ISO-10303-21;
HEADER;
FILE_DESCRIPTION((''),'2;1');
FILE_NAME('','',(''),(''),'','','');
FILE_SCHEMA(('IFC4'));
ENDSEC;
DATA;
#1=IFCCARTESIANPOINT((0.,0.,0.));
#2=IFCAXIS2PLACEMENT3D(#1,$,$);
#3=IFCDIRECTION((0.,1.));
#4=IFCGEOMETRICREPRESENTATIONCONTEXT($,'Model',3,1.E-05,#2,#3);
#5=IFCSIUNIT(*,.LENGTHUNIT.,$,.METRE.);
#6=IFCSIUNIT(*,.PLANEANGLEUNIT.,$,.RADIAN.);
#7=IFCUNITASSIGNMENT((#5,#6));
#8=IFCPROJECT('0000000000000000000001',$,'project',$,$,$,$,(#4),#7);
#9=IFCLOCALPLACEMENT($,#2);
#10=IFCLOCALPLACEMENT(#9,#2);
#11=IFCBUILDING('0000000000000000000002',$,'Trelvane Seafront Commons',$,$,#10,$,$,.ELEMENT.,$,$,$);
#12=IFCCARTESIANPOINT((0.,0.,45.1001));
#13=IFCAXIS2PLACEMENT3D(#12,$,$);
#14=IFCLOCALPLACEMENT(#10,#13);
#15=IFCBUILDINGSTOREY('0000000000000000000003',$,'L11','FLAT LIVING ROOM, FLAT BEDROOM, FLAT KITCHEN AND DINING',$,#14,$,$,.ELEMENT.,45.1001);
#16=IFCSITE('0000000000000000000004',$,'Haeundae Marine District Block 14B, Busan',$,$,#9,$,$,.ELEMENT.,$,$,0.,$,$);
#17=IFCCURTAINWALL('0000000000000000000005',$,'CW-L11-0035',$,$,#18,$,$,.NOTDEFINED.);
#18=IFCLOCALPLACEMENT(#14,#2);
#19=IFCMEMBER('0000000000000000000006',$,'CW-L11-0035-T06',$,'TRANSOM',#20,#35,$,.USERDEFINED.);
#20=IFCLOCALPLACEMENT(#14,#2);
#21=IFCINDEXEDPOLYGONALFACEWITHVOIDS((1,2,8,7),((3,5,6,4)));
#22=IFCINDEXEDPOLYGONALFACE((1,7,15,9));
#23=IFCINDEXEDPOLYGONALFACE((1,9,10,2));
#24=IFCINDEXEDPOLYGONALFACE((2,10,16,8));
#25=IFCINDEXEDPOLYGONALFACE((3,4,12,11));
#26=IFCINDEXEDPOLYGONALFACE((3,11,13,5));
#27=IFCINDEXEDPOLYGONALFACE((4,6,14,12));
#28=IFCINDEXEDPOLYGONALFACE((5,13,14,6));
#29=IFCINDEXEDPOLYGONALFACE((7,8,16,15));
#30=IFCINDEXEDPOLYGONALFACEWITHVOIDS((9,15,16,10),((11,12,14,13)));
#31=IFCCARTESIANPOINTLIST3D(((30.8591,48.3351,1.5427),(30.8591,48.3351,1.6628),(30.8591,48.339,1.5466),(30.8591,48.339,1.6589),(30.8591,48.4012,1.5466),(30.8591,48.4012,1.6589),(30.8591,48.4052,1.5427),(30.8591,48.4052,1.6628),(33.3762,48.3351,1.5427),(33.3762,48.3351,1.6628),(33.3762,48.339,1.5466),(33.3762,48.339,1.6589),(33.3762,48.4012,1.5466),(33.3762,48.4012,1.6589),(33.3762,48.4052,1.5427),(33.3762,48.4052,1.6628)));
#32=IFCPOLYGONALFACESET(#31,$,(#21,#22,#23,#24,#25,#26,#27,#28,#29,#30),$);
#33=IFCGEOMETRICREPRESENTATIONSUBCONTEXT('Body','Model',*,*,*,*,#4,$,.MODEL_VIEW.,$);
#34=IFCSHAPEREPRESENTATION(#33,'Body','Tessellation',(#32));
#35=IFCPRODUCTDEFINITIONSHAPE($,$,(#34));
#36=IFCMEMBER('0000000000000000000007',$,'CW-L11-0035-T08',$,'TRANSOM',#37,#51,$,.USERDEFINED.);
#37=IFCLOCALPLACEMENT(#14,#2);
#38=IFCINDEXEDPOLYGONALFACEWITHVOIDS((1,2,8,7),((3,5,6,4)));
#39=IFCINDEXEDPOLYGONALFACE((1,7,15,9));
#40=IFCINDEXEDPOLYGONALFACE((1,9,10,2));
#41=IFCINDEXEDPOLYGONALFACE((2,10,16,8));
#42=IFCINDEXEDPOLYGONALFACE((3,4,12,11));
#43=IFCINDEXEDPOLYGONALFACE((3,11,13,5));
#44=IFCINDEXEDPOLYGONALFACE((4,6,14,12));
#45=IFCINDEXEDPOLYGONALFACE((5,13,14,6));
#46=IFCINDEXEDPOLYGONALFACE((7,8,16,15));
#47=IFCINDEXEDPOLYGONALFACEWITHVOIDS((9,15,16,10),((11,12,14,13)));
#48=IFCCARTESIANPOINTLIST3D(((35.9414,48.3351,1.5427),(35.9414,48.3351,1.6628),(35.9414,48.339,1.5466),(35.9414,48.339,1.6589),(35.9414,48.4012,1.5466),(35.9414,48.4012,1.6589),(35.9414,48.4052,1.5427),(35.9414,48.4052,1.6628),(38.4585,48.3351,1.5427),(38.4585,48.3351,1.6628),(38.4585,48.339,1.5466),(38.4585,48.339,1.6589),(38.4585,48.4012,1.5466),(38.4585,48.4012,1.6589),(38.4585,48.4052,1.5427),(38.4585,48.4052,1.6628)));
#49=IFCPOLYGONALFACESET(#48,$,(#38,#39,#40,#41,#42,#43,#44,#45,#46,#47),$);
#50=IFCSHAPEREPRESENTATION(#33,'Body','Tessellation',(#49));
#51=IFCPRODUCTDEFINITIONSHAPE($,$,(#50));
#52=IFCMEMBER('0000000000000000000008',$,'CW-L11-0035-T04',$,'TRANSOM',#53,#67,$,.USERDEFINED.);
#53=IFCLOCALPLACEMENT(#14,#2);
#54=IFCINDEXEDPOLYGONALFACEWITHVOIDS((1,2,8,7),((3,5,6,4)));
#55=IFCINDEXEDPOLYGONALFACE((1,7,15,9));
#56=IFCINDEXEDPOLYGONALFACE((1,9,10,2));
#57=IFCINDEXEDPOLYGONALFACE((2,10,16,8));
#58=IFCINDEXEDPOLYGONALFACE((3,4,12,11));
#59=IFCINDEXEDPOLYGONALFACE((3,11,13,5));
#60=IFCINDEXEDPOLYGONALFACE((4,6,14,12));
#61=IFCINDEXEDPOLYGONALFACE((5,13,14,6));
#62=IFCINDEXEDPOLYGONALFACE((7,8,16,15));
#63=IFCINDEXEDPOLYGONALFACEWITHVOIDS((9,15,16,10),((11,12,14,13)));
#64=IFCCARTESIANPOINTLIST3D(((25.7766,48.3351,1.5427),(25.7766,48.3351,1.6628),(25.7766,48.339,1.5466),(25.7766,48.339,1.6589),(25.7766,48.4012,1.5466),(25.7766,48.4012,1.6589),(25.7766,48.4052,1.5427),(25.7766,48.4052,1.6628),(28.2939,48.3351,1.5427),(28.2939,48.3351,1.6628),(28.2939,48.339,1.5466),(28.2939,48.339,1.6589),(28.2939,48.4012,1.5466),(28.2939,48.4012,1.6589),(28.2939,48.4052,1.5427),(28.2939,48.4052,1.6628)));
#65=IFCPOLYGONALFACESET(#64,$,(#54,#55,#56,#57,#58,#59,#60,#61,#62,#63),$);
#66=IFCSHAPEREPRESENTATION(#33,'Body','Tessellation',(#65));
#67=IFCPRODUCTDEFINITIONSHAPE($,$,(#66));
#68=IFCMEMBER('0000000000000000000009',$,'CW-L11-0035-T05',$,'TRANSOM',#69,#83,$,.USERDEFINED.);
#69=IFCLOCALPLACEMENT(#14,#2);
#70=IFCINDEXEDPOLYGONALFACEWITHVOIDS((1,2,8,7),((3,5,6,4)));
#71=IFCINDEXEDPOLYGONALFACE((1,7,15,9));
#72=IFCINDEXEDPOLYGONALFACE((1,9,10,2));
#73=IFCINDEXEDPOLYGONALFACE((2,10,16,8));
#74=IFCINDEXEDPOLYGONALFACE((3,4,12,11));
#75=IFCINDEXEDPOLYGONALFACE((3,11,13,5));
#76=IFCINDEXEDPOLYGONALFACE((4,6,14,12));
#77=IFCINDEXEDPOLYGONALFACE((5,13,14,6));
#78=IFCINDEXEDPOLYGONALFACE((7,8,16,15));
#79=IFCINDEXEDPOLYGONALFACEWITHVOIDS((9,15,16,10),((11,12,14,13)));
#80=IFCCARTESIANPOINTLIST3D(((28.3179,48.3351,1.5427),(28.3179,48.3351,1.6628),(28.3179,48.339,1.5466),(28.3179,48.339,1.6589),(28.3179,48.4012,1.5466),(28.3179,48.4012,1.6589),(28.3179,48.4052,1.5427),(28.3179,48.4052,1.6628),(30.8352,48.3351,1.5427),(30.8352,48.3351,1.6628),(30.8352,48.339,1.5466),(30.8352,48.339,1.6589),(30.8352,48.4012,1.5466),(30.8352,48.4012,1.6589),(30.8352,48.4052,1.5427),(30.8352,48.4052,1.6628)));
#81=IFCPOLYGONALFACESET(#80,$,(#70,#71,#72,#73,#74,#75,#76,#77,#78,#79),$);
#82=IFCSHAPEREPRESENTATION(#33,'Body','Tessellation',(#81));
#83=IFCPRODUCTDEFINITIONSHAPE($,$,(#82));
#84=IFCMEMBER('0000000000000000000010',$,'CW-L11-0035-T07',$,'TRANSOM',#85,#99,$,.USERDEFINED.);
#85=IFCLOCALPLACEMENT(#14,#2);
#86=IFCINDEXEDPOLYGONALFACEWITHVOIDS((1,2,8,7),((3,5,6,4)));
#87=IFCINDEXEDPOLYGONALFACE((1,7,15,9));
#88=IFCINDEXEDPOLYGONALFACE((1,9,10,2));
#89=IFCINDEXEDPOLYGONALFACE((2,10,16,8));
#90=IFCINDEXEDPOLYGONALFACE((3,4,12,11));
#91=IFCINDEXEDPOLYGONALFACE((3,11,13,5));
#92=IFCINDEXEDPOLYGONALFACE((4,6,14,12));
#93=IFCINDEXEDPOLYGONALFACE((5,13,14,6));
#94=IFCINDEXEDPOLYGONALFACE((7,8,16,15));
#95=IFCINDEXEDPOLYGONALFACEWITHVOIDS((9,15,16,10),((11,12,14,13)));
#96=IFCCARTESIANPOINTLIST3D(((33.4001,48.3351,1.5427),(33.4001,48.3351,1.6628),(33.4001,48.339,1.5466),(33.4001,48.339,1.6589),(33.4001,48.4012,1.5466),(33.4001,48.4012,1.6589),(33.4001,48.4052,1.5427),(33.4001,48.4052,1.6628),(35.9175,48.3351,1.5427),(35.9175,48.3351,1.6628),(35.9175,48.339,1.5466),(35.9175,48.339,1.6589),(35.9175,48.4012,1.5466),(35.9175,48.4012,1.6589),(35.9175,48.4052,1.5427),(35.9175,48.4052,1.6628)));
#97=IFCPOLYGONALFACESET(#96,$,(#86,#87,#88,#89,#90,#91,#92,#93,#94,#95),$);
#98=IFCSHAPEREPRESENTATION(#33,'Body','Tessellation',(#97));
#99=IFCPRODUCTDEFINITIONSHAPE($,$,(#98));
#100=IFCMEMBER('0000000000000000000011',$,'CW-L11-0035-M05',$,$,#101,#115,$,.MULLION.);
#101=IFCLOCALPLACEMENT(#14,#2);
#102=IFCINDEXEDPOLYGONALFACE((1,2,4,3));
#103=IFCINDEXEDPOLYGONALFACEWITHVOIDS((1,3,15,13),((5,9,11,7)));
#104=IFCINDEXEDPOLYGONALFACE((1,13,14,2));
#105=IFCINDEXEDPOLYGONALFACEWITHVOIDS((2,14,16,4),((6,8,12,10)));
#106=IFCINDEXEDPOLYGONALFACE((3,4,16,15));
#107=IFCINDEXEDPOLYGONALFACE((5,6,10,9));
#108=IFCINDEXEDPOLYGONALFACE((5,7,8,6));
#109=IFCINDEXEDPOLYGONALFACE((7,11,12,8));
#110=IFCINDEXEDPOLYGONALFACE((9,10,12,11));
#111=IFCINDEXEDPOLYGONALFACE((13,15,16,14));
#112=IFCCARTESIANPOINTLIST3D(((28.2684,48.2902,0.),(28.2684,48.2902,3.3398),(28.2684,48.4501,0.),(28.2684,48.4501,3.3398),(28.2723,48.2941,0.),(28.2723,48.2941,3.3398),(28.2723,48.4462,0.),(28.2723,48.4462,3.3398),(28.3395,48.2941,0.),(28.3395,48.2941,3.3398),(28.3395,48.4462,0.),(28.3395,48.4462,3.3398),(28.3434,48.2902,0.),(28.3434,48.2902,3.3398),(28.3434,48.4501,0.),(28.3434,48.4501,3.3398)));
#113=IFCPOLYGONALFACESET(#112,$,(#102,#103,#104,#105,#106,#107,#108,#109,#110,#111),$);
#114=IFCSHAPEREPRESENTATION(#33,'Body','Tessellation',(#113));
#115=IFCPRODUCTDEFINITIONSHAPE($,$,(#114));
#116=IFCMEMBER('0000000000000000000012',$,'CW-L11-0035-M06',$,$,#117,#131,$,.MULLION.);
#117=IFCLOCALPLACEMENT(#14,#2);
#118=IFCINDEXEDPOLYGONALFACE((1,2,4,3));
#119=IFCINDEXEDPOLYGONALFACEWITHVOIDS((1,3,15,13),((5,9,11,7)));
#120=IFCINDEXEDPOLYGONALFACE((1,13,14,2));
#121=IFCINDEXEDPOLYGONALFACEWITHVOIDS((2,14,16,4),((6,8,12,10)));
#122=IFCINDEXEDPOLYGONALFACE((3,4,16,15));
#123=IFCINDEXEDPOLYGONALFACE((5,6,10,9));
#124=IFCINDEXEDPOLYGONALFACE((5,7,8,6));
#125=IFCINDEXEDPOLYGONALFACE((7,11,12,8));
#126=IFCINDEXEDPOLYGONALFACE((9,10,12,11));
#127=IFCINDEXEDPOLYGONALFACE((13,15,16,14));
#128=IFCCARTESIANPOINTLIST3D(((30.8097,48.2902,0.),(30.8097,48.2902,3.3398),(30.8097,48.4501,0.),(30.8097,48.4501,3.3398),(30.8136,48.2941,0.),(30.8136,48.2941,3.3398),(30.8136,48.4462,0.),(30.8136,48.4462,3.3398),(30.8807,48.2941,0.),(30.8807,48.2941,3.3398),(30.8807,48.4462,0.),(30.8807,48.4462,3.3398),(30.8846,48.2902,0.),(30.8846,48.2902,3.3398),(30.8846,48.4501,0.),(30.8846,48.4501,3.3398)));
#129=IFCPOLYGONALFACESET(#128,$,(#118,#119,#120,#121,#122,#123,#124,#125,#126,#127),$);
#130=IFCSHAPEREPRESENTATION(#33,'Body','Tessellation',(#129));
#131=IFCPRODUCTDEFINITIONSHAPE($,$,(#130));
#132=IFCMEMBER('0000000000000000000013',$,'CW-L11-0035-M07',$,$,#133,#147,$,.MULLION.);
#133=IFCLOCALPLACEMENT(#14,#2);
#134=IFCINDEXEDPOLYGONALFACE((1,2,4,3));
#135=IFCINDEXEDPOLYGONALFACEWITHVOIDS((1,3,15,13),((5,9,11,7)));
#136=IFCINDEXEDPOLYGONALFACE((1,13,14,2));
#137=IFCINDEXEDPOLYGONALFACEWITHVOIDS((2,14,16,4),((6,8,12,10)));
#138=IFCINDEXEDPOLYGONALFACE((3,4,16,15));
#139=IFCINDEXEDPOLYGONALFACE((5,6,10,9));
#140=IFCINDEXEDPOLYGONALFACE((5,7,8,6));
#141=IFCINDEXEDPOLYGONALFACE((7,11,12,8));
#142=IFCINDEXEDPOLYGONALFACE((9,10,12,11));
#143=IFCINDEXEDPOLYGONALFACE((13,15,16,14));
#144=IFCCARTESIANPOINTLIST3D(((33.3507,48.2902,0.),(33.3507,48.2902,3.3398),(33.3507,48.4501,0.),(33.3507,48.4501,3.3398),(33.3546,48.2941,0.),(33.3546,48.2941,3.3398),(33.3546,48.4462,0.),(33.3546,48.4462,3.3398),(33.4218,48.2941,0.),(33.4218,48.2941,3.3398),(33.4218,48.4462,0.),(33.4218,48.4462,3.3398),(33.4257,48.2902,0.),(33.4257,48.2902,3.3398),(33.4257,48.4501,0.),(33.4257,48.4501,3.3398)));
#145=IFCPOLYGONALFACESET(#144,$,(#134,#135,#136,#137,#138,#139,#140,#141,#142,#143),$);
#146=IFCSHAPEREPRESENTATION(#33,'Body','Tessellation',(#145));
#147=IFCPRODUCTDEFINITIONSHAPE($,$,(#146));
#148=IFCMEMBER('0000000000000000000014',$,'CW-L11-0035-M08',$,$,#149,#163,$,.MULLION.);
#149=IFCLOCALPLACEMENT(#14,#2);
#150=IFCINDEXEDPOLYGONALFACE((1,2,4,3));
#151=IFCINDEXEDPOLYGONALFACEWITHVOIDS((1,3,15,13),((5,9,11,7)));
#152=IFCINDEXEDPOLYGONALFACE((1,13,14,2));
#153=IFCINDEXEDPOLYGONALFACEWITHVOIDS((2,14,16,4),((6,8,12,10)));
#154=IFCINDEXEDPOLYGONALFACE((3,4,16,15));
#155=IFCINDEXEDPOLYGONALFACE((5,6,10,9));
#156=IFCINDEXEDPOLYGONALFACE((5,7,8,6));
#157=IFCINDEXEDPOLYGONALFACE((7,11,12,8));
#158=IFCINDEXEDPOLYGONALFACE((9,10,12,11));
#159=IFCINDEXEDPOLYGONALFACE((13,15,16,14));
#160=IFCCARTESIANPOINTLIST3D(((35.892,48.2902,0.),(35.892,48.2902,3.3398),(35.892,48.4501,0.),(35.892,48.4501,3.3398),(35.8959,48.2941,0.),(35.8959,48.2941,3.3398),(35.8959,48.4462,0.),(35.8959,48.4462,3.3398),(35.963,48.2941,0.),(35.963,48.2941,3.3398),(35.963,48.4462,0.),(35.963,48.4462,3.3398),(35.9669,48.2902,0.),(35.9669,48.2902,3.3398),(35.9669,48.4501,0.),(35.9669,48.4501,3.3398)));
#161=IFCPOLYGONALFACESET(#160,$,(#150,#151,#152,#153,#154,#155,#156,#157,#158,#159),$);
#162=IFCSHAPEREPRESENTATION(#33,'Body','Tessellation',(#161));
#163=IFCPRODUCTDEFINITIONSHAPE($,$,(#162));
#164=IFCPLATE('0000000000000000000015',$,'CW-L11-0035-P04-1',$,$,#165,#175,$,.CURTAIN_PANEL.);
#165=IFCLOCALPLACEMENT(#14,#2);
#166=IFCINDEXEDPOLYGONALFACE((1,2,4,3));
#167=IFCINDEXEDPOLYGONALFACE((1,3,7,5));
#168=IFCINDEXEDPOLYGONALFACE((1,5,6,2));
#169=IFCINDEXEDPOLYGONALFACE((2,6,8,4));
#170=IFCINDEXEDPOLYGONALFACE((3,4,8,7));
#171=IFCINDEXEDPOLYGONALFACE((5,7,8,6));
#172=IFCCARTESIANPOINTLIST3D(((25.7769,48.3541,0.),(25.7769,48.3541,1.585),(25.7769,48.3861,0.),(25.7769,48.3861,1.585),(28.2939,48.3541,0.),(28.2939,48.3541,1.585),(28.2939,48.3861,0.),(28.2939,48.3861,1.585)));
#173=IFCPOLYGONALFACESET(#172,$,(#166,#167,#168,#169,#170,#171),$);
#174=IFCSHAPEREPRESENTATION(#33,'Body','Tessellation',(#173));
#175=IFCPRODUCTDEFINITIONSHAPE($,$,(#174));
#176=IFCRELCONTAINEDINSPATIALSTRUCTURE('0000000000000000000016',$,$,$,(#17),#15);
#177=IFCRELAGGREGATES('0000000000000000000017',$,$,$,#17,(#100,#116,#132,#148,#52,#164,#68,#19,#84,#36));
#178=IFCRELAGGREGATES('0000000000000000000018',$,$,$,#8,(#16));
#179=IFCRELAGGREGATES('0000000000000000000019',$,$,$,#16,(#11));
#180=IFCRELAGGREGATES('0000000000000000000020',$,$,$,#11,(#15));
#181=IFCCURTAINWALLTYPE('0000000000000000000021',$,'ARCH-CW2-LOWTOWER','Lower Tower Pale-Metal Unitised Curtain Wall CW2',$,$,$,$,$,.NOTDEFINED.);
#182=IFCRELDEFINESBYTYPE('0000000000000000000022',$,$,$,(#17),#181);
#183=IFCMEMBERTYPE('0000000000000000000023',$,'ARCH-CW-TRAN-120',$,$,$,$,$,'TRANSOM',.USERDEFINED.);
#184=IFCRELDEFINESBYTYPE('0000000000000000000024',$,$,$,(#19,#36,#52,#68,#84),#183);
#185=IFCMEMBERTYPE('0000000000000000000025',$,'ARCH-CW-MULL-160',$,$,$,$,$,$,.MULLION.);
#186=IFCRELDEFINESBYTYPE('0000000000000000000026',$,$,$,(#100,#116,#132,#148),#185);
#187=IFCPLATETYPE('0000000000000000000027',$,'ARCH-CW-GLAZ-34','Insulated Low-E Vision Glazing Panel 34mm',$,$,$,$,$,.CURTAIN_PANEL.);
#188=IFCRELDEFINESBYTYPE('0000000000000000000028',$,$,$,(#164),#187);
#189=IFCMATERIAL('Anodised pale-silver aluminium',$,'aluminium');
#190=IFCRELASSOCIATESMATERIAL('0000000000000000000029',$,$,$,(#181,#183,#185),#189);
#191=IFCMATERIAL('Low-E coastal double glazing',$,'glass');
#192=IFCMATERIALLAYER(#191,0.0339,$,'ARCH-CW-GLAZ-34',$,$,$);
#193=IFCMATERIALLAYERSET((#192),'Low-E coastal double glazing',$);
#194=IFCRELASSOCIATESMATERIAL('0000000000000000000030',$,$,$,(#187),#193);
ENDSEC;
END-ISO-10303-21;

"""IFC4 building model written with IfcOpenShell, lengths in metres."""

from ifc_helpers import new_model, si_unit, direction, frame, origin, origin_2d, place, context, subcontext, project, spatial, rectangle, hollow_rectangle, extrude, source, transform, mapped, material, layer, layer_set, material_profile, profile_set, type_object, element, aggregate, save


model = new_model("IFC4")

# Units and contexts
model_context = context("Model", 3, precision=1e-05, world=origin(), true_north=direction((0.0, 1.0)))
body_context = subcontext(model_context, "Body", "Model", "MODEL_VIEW")
ifc_project = project(units=[si_unit("LENGTHUNIT", "METRE"), si_unit("PLANEANGLEUNIT", "RADIAN")], contexts=[model_context])

# Site, building, storey
site_placement = place(None, origin())
site = spatial("IfcSite", under=ifc_project, at=site_placement, Name="Haeundae Marine District Block 14B, Busan", CompositionType="ELEMENT", RefElevation=0.0)
building_placement = place(site_placement, origin())
building = spatial("IfcBuilding", under=site, at=building_placement, Name="Trelvane Seafront Commons", CompositionType="ELEMENT")
storey_placement = place(building_placement, frame((0.0, 0.0, 45.1001)))
storey = spatial("IfcBuildingStorey", under=building, at=storey_placement, Name="L11", Description="FLAT LIVING ROOM, FLAT BEDROOM, FLAT KITCHEN AND DINING", CompositionType="ELEMENT", Elevation=45.1001)

# Curtain wall, members, plate
ifc_material_1 = material(Name="Anodised pale-silver aluminium", Category="aluminium")
curtain_wall_type = type_object("IfcCurtainWallType", Name="ARCH-CW2-LOWTOWER", Description="Lower Tower Pale-Metal Unitised Curtain Wall CW2", PredefinedType="NOTDEFINED", material=ifc_material_1)
curtain_wall_placement = place(storey_placement, origin())
curtain_wall = element("IfcCurtainWall", 1, at=curtain_wall_placement, inside=storey, type_object=curtain_wall_type, Name="CW-L11-0035", PredefinedType="NOTDEFINED")
ifc_material_profile_1 = material_profile(ifc_material_1, hollow_rectangle(XDim=0.0701, YDim=0.1201, WallThickness=0.0039, at=origin_2d()), Name="TRAN-70x120x4")
ifc_profile_set_1 = profile_set([ifc_material_profile_1], Name="Anodised pale-silver aluminium")
member_type_1 = type_object("IfcMemberType", Name="ARCH-CW-TRAN-120", ElementType="TRANSOM", PredefinedType="USERDEFINED", material=ifc_profile_set_1)
shared_shape_1 = source(origin(), body_context, "Body", "SweptSolid", [
    extrude(hollow_rectangle(XDim=0.0701, YDim=0.1201, WallThickness=0.0039, at=origin_2d()), origin(), (0.0, 0.0, 1.0), 2.5171),
])
member_1_placement = place(storey_placement, frame((30.8591, 48.3701, 1.6028), z_axis=(1.0, 0.0, 0.0), x_axis=(0.0, 1.0, 0.0)))
member_1 = element("IfcMember", 2, at=member_1_placement, type_object=member_type_1, Name="CW-L11-0035-T06", ObjectType="TRANSOM", PredefinedType="USERDEFINED", context=body_context, shape_type="MappedRepresentation", body=[
    mapped(shared_shape_1, transform((0.0, 0.0, 0.0), x_axis=(1.0, 0.0, 0.0), y_axis=(0.0, 1.0, 0.0), z_axis=(0.0, 0.0, 1.0), scale=1.0)),
])
member_2_placement = place(storey_placement, frame((35.9414, 48.3701, 1.6028), z_axis=(1.0, 0.0, 0.0), x_axis=(0.0, 1.0, 0.0)))
member_2 = element("IfcMember", 3, at=member_2_placement, type_object=member_type_1, Name="CW-L11-0035-T08", ObjectType="TRANSOM", PredefinedType="USERDEFINED", context=body_context, shape_type="MappedRepresentation", body=[
    mapped(shared_shape_1, transform((0.0, 0.0, 0.0), x_axis=(1.0, 0.0, 0.0), y_axis=(0.0, 1.0, 0.0), z_axis=(0.0, 0.0, 1.0), scale=1.0)),
])
shared_shape_2 = source(origin(), body_context, "Body", "SweptSolid", [
    extrude(hollow_rectangle(XDim=0.0701, YDim=0.1201, WallThickness=0.0039, at=origin_2d()), origin(), (0.0, 0.0, 1.0), 2.5173),
])
member_3_placement = place(storey_placement, frame((25.7766, 48.3701, 1.6028), z_axis=(1.0, 0.0, 0.0), x_axis=(0.0, 1.0, 0.0)))
member_3 = element("IfcMember", 4, at=member_3_placement, type_object=member_type_1, Name="CW-L11-0035-T04", ObjectType="TRANSOM", PredefinedType="USERDEFINED", context=body_context, shape_type="MappedRepresentation", body=[
    mapped(shared_shape_2, transform((0.0, 0.0, 0.0), x_axis=(1.0, 0.0, 0.0), y_axis=(0.0, 1.0, 0.0), z_axis=(0.0, 0.0, 1.0), scale=1.0)),
])
member_4_placement = place(storey_placement, frame((28.3179, 48.3701, 1.6028), z_axis=(1.0, 0.0, 0.0), x_axis=(0.0, 1.0, 0.0)))
member_4 = element("IfcMember", 5, at=member_4_placement, type_object=member_type_1, Name="CW-L11-0035-T05", ObjectType="TRANSOM", PredefinedType="USERDEFINED", context=body_context, shape_type="MappedRepresentation", body=[
    mapped(shared_shape_2, transform((0.0, 0.0, 0.0), x_axis=(1.0, 0.0, 0.0), y_axis=(0.0, 1.0, 0.0), z_axis=(0.0, 0.0, 1.0), scale=1.0)),
])
member_5_placement = place(storey_placement, frame((33.4001, 48.3701, 1.6028), z_axis=(1.0, 0.0, 0.0), x_axis=(0.0, 1.0, 0.0)))
member_5 = element("IfcMember", 6, at=member_5_placement, type_object=member_type_1, Name="CW-L11-0035-T07", ObjectType="TRANSOM", PredefinedType="USERDEFINED", context=body_context, shape_type="MappedRepresentation", body=[
    mapped(shared_shape_2, transform((0.0, 0.0, 0.0), x_axis=(1.0, 0.0, 0.0), y_axis=(0.0, 1.0, 0.0), z_axis=(0.0, 0.0, 1.0), scale=1.0)),
])
ifc_material_profile_2 = material_profile(ifc_material_1, hollow_rectangle(XDim=0.075, YDim=0.1599, WallThickness=0.0039, at=origin_2d()), Name="MULL-75x160x4")
ifc_profile_set_2 = profile_set([ifc_material_profile_2], Name="Anodised pale-silver aluminium")
member_type_2 = type_object("IfcMemberType", Name="ARCH-CW-MULL-160", PredefinedType="MULLION", material=ifc_profile_set_2)
shared_shape_3 = source(origin(), body_context, "Body", "SweptSolid", [
    extrude(hollow_rectangle(XDim=0.075, YDim=0.1599, WallThickness=0.0039, at=origin_2d()), origin(), (0.0, 0.0, 1.0), 3.3398),
])
member_6_placement = place(storey_placement, frame((28.3059, 48.3701, 0.0), z_axis=(0.0, 0.0, 1.0), x_axis=(1.0, 0.0, 0.0)))
member_6 = element("IfcMember", 7, at=member_6_placement, type_object=member_type_2, Name="CW-L11-0035-M05", PredefinedType="MULLION", context=body_context, shape_type="MappedRepresentation", body=[
    mapped(shared_shape_3, transform((0.0, 0.0, 0.0), x_axis=(1.0, 0.0, 0.0), y_axis=(0.0, 1.0, 0.0), z_axis=(0.0, 0.0, 1.0), scale=1.0)),
])
member_7_placement = place(storey_placement, frame((30.8472, 48.3701, 0.0), z_axis=(0.0, 0.0, 1.0), x_axis=(1.0, 0.0, 0.0)))
member_7 = element("IfcMember", 8, at=member_7_placement, type_object=member_type_2, Name="CW-L11-0035-M06", PredefinedType="MULLION", context=body_context, shape_type="MappedRepresentation", body=[
    mapped(shared_shape_3, transform((0.0, 0.0, 0.0), x_axis=(1.0, 0.0, 0.0), y_axis=(0.0, 1.0, 0.0), z_axis=(0.0, 0.0, 1.0), scale=1.0)),
])
member_8_placement = place(storey_placement, frame((33.3882, 48.3701, 0.0), z_axis=(0.0, 0.0, 1.0), x_axis=(1.0, 0.0, 0.0)))
member_8 = element("IfcMember", 9, at=member_8_placement, type_object=member_type_2, Name="CW-L11-0035-M07", PredefinedType="MULLION", context=body_context, shape_type="MappedRepresentation", body=[
    mapped(shared_shape_3, transform((0.0, 0.0, 0.0), x_axis=(1.0, 0.0, 0.0), y_axis=(0.0, 1.0, 0.0), z_axis=(0.0, 0.0, 1.0), scale=1.0)),
])
member_9_placement = place(storey_placement, frame((35.9294, 48.3701, 0.0), z_axis=(0.0, 0.0, 1.0), x_axis=(1.0, 0.0, 0.0)))
member_9 = element("IfcMember", 10, at=member_9_placement, type_object=member_type_2, Name="CW-L11-0035-M08", PredefinedType="MULLION", context=body_context, shape_type="MappedRepresentation", body=[
    mapped(shared_shape_3, transform((0.0, 0.0, 0.0), x_axis=(1.0, 0.0, 0.0), y_axis=(0.0, 1.0, 0.0), z_axis=(0.0, 0.0, 1.0), scale=1.0)),
])
ifc_material_2 = material(Name="Low-E coastal double glazing", Category="glass")
ifc_layer_1 = layer(ifc_material_2, 0.0339, Name="ARCH-CW-GLAZ-34")
ifc_layer_set_1 = layer_set([ifc_layer_1], Name="Low-E coastal double glazing")
plate_type_1 = type_object("IfcPlateType", Name="ARCH-CW-GLAZ-34", Description="Insulated Low-E Vision Glazing Panel 34mm", PredefinedType="CURTAIN_PANEL", material=ifc_layer_set_1)
shared_shape_4 = source(origin(), body_context, "Body", "SweptSolid", [
    extrude(rectangle(XDim=2.5171, YDim=0.032, at=origin_2d()), origin(), (0.0, 0.0, 1.0), 1.585),
])
plate_1_placement = place(storey_placement, frame((27.0354, 48.3701, 0.0), z_axis=(0.0, 0.0, 1.0), x_axis=(1.0, 0.0, 0.0)))
plate_1 = element("IfcPlate", 11, at=plate_1_placement, type_object=plate_type_1, Name="CW-L11-0035-P04-1", PredefinedType="CURTAIN_PANEL", context=body_context, shape_type="MappedRepresentation", body=[
    mapped(shared_shape_4, transform((0.0, 0.0, 0.0), x_axis=(1.0, 0.0, 0.0), y_axis=(0.0, 1.0, 0.0), z_axis=(0.0, 0.0, 1.0), scale=1.0)),
])
aggregate(curtain_wall, [member_6, member_7, member_8, member_9, member_3, plate_1, member_4, member_1, member_5, member_2])

save(model, "model.ifc")
